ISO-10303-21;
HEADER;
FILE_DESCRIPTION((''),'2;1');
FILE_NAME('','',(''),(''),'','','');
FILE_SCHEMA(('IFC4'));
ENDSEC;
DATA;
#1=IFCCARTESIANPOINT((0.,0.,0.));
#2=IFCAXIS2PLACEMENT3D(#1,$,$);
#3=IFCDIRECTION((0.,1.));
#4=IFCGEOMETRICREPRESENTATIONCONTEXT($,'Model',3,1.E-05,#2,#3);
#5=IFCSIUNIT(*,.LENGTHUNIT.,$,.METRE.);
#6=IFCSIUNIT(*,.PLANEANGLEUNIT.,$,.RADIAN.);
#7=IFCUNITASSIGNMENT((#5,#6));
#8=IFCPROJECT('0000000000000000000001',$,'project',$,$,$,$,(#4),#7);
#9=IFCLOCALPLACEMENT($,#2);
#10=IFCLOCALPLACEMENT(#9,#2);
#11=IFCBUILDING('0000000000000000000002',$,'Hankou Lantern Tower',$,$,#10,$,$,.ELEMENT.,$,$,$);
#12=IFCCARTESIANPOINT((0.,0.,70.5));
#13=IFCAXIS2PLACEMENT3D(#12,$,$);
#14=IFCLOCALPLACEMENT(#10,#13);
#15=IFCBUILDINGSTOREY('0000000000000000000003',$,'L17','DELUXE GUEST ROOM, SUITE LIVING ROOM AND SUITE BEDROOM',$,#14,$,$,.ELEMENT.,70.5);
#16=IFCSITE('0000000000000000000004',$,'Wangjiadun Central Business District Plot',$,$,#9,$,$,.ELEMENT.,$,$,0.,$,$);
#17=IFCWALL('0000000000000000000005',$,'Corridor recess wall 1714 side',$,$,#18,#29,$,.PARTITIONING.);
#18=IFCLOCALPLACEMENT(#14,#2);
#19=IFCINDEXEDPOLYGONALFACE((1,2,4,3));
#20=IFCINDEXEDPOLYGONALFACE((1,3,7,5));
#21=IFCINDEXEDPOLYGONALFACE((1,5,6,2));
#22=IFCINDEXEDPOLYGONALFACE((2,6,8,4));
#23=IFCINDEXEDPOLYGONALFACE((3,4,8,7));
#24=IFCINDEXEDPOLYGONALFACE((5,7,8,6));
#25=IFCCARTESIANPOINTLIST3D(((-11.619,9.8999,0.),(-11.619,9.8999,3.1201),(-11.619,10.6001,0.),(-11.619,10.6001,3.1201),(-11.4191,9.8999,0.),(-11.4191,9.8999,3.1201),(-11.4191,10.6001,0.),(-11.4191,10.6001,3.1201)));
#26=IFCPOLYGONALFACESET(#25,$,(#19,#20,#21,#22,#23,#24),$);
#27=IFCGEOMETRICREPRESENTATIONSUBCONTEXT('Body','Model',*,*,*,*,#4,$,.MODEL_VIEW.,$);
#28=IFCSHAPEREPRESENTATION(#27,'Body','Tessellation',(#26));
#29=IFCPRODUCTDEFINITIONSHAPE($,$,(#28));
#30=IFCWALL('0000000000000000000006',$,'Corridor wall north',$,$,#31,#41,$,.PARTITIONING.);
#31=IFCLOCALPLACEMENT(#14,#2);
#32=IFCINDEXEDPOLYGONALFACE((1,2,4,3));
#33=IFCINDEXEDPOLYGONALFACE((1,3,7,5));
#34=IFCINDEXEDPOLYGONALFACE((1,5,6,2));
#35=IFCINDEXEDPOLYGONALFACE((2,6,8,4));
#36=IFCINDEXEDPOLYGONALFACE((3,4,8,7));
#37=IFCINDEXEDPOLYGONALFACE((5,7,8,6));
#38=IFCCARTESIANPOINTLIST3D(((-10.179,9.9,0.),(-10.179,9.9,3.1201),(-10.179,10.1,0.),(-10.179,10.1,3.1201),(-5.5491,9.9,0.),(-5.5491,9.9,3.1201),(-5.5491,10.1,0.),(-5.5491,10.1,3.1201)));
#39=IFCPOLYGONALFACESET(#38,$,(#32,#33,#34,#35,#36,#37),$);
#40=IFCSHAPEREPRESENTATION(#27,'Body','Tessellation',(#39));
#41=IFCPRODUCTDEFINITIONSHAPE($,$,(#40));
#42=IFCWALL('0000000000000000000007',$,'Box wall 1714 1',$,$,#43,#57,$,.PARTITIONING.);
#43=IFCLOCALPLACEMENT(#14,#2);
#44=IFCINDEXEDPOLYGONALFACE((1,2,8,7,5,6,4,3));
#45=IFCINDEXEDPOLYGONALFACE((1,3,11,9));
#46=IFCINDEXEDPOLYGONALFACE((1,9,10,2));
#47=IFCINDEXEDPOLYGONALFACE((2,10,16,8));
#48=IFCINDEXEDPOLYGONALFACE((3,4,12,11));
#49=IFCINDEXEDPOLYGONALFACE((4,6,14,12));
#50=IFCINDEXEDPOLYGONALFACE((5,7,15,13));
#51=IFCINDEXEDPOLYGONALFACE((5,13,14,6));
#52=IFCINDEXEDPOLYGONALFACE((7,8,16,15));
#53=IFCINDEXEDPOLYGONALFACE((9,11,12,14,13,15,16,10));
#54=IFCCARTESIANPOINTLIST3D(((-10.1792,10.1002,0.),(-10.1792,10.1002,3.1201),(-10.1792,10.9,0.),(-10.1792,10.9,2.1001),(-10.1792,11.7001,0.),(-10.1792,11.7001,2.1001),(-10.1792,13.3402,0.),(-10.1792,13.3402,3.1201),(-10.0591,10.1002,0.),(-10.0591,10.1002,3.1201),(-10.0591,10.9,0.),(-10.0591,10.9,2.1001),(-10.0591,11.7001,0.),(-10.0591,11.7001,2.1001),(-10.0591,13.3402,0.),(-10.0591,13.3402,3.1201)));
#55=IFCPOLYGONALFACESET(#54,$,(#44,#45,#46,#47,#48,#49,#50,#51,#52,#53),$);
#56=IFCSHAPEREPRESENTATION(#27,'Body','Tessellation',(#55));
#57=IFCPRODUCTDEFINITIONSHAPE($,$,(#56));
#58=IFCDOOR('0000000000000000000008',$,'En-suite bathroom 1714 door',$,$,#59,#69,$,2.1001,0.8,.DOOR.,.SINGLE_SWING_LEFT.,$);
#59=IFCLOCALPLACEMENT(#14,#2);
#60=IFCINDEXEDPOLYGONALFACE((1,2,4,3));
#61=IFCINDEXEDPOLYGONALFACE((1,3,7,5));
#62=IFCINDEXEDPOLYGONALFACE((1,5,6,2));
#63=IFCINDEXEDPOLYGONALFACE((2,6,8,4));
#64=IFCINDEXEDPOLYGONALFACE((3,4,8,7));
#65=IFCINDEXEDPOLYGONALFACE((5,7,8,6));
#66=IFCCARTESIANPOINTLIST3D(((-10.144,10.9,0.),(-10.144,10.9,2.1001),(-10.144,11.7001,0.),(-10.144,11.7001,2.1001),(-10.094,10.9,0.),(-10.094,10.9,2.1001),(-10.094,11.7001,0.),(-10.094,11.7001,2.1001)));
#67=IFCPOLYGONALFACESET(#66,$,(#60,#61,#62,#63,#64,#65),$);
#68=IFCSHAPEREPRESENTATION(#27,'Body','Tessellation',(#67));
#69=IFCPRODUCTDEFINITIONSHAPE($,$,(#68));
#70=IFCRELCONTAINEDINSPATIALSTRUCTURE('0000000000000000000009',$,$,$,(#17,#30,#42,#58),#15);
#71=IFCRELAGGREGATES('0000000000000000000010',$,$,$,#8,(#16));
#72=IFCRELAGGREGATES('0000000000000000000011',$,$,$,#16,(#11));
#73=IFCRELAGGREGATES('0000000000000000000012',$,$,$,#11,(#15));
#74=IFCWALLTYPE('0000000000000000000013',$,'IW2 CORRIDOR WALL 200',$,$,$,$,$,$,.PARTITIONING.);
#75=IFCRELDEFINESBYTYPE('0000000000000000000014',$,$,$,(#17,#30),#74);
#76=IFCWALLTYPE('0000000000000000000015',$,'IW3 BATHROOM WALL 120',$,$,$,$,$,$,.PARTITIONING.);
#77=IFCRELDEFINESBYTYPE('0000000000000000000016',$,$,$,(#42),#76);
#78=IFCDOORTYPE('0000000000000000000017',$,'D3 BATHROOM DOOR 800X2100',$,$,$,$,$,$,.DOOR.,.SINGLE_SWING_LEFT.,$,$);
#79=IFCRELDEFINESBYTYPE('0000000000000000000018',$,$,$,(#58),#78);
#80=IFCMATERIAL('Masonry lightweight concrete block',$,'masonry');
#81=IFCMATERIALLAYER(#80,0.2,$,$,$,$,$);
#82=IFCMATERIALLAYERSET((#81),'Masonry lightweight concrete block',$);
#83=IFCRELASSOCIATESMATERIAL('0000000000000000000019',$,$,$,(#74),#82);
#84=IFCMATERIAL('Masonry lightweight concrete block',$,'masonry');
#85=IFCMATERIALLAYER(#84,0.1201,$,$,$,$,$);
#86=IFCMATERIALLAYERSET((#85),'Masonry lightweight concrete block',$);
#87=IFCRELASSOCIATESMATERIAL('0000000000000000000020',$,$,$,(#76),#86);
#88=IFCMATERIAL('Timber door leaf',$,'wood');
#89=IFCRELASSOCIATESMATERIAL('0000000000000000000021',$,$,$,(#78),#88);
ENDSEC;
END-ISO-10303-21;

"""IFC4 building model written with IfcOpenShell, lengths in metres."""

from ifc_helpers import new_model, si_unit, direction, frame, frame_2d, origin, place, context, subcontext, project, spatial, rectangle, extrude, material, layer, layer_set, type_object, element, fill, save


model = new_model("IFC4")

# Units and contexts
model_context = context("Model", 3, precision=1e-05, world=origin(), true_north=direction((0.0, 1.0)))
body_context = subcontext(model_context, "Body", "Model", "MODEL_VIEW")
ifc_project = project(units=[si_unit("LENGTHUNIT", "METRE"), si_unit("PLANEANGLEUNIT", "RADIAN")], contexts=[model_context])

# Site, building, storey
site_placement = place(None, origin())
site = spatial("IfcSite", under=ifc_project, at=site_placement, Name="Wangjiadun Central Business District Plot", CompositionType="ELEMENT", RefElevation=0.0)
building_placement = place(site_placement, origin())
building = spatial("IfcBuilding", under=site, at=building_placement, Name="Hankou Lantern Tower", CompositionType="ELEMENT")
storey_placement = place(building_placement, frame((0.0, 0.0, 70.5)))
storey = spatial("IfcBuildingStorey", under=building, at=storey_placement, Name="L17", Description="DELUXE GUEST ROOM, SUITE LIVING ROOM AND SUITE BEDROOM", CompositionType="ELEMENT", Elevation=70.5)

# Shared definitions
ifc_material_1 = material(Name="Masonry lightweight concrete block", Category="masonry")
ifc_layer_1 = layer(ifc_material_1, 0.2)
ifc_layer_set_1 = layer_set([ifc_layer_1], Name="Masonry lightweight concrete block")
wall_type_1 = type_object("IfcWallType", Name="IW2 CORRIDOR WALL 200", PredefinedType="PARTITIONING", material=ifc_layer_set_1)

# Walls
wall_1_placement = place(storey_placement, frame((-11.519, 9.8999, 0.0), z_axis=(0.0, 0.0, 1.0), x_axis=(0.0, 1.0, 0.0)))
element("IfcWall", 1, at=wall_1_placement, inside=storey, type_object=wall_type_1, Name="Corridor recess wall 1714 side", PredefinedType="PARTITIONING", context=body_context, shape_type="SweptSolid", body=[
    extrude(rectangle(XDim=0.7002, YDim=0.2, at=frame_2d((0.3501, 0.0))), origin(), (0.0, 0.0, 1.0), 3.1201),
])
wall_2_placement = place(storey_placement, frame((-10.179, 10.0, 0.0), z_axis=(0.0, 0.0, 1.0), x_axis=(1.0, 0.0, 0.0)))
element("IfcWall", 2, at=wall_2_placement, inside=storey, type_object=wall_type_1, Name="Corridor wall north", PredefinedType="PARTITIONING", context=body_context, shape_type="SweptSolid", body=[
    extrude(rectangle(XDim=4.6299, YDim=0.2, at=frame_2d((2.3149, 0.0))), origin(), (0.0, 0.0, 1.0), 3.1201),
])

# Wall, opening, door
ifc_material_2 = material(Name="Masonry lightweight concrete block", Category="masonry")
ifc_layer_2 = layer(ifc_material_2, 0.1201)
ifc_layer_set_2 = layer_set([ifc_layer_2], Name="Masonry lightweight concrete block")
wall_type_2 = type_object("IfcWallType", Name="IW3 BATHROOM WALL 120", PredefinedType="PARTITIONING", material=ifc_layer_set_2)
wall_3_placement = place(storey_placement, frame((-10.1191, 10.1001, 0.0), z_axis=(0.0, 0.0, 1.0), x_axis=(0.0, 1.0, 0.0)))
wall_3 = element("IfcWall", 3, at=wall_3_placement, inside=storey, type_object=wall_type_2, Name="Box wall 1714 1", PredefinedType="PARTITIONING", context=body_context, shape_type="SweptSolid", body=[
    extrude(rectangle(XDim=3.24, YDim=0.1201, at=frame_2d((1.6201, 0.0))), origin(), (0.0, 0.0, 1.0), 3.1201),
])
opening_1_placement = place(wall_3_placement, frame((0.8, 0.0, 0.0)))
opening_1 = element("IfcOpeningElement", 4, at=opening_1_placement, cuts=wall_3, PredefinedType="OPENING", context=body_context, shape_type="SweptSolid", body=[
    extrude(rectangle(XDim=0.8, YDim=2.1001, at=frame_2d((0.3999, 1.05))), frame((0.0, 0.0701, 0.0), z_axis=(0.0, -1.0, 0.0), x_axis=(1.0, 0.0, 0.0)), (0.0, 0.0, 1.0), 0.1401),
])
ifc_material_3 = material(Name="Timber door leaf", Category="wood")
door_type_1 = type_object("IfcDoorType", Name="D3 BATHROOM DOOR 800X2100", OperationType="SINGLE_SWING_LEFT", PredefinedType="DOOR", material=ifc_material_3)
door_1_placement = place(opening_1_placement, origin())
door_1 = element("IfcDoor", 5, at=door_1_placement, inside=storey, type_object=door_type_1, Name="En-suite bathroom 1714 door", OperationType="SINGLE_SWING_LEFT", OverallHeight=2.1001, OverallWidth=0.8, PredefinedType="DOOR", context=body_context, shape_type="SweptSolid", body=[
    extrude(rectangle(XDim=0.8, YDim=2.1001, at=frame_2d((0.3999, 1.05))), frame((0.0, 0.0249, 0.0), z_axis=(0.0, -1.0, 0.0), x_axis=(1.0, 0.0, 0.0)), (0.0, 0.0, 1.0), 0.05),
])
fill(opening_1, door_1)

save(model, "model.ifc")
